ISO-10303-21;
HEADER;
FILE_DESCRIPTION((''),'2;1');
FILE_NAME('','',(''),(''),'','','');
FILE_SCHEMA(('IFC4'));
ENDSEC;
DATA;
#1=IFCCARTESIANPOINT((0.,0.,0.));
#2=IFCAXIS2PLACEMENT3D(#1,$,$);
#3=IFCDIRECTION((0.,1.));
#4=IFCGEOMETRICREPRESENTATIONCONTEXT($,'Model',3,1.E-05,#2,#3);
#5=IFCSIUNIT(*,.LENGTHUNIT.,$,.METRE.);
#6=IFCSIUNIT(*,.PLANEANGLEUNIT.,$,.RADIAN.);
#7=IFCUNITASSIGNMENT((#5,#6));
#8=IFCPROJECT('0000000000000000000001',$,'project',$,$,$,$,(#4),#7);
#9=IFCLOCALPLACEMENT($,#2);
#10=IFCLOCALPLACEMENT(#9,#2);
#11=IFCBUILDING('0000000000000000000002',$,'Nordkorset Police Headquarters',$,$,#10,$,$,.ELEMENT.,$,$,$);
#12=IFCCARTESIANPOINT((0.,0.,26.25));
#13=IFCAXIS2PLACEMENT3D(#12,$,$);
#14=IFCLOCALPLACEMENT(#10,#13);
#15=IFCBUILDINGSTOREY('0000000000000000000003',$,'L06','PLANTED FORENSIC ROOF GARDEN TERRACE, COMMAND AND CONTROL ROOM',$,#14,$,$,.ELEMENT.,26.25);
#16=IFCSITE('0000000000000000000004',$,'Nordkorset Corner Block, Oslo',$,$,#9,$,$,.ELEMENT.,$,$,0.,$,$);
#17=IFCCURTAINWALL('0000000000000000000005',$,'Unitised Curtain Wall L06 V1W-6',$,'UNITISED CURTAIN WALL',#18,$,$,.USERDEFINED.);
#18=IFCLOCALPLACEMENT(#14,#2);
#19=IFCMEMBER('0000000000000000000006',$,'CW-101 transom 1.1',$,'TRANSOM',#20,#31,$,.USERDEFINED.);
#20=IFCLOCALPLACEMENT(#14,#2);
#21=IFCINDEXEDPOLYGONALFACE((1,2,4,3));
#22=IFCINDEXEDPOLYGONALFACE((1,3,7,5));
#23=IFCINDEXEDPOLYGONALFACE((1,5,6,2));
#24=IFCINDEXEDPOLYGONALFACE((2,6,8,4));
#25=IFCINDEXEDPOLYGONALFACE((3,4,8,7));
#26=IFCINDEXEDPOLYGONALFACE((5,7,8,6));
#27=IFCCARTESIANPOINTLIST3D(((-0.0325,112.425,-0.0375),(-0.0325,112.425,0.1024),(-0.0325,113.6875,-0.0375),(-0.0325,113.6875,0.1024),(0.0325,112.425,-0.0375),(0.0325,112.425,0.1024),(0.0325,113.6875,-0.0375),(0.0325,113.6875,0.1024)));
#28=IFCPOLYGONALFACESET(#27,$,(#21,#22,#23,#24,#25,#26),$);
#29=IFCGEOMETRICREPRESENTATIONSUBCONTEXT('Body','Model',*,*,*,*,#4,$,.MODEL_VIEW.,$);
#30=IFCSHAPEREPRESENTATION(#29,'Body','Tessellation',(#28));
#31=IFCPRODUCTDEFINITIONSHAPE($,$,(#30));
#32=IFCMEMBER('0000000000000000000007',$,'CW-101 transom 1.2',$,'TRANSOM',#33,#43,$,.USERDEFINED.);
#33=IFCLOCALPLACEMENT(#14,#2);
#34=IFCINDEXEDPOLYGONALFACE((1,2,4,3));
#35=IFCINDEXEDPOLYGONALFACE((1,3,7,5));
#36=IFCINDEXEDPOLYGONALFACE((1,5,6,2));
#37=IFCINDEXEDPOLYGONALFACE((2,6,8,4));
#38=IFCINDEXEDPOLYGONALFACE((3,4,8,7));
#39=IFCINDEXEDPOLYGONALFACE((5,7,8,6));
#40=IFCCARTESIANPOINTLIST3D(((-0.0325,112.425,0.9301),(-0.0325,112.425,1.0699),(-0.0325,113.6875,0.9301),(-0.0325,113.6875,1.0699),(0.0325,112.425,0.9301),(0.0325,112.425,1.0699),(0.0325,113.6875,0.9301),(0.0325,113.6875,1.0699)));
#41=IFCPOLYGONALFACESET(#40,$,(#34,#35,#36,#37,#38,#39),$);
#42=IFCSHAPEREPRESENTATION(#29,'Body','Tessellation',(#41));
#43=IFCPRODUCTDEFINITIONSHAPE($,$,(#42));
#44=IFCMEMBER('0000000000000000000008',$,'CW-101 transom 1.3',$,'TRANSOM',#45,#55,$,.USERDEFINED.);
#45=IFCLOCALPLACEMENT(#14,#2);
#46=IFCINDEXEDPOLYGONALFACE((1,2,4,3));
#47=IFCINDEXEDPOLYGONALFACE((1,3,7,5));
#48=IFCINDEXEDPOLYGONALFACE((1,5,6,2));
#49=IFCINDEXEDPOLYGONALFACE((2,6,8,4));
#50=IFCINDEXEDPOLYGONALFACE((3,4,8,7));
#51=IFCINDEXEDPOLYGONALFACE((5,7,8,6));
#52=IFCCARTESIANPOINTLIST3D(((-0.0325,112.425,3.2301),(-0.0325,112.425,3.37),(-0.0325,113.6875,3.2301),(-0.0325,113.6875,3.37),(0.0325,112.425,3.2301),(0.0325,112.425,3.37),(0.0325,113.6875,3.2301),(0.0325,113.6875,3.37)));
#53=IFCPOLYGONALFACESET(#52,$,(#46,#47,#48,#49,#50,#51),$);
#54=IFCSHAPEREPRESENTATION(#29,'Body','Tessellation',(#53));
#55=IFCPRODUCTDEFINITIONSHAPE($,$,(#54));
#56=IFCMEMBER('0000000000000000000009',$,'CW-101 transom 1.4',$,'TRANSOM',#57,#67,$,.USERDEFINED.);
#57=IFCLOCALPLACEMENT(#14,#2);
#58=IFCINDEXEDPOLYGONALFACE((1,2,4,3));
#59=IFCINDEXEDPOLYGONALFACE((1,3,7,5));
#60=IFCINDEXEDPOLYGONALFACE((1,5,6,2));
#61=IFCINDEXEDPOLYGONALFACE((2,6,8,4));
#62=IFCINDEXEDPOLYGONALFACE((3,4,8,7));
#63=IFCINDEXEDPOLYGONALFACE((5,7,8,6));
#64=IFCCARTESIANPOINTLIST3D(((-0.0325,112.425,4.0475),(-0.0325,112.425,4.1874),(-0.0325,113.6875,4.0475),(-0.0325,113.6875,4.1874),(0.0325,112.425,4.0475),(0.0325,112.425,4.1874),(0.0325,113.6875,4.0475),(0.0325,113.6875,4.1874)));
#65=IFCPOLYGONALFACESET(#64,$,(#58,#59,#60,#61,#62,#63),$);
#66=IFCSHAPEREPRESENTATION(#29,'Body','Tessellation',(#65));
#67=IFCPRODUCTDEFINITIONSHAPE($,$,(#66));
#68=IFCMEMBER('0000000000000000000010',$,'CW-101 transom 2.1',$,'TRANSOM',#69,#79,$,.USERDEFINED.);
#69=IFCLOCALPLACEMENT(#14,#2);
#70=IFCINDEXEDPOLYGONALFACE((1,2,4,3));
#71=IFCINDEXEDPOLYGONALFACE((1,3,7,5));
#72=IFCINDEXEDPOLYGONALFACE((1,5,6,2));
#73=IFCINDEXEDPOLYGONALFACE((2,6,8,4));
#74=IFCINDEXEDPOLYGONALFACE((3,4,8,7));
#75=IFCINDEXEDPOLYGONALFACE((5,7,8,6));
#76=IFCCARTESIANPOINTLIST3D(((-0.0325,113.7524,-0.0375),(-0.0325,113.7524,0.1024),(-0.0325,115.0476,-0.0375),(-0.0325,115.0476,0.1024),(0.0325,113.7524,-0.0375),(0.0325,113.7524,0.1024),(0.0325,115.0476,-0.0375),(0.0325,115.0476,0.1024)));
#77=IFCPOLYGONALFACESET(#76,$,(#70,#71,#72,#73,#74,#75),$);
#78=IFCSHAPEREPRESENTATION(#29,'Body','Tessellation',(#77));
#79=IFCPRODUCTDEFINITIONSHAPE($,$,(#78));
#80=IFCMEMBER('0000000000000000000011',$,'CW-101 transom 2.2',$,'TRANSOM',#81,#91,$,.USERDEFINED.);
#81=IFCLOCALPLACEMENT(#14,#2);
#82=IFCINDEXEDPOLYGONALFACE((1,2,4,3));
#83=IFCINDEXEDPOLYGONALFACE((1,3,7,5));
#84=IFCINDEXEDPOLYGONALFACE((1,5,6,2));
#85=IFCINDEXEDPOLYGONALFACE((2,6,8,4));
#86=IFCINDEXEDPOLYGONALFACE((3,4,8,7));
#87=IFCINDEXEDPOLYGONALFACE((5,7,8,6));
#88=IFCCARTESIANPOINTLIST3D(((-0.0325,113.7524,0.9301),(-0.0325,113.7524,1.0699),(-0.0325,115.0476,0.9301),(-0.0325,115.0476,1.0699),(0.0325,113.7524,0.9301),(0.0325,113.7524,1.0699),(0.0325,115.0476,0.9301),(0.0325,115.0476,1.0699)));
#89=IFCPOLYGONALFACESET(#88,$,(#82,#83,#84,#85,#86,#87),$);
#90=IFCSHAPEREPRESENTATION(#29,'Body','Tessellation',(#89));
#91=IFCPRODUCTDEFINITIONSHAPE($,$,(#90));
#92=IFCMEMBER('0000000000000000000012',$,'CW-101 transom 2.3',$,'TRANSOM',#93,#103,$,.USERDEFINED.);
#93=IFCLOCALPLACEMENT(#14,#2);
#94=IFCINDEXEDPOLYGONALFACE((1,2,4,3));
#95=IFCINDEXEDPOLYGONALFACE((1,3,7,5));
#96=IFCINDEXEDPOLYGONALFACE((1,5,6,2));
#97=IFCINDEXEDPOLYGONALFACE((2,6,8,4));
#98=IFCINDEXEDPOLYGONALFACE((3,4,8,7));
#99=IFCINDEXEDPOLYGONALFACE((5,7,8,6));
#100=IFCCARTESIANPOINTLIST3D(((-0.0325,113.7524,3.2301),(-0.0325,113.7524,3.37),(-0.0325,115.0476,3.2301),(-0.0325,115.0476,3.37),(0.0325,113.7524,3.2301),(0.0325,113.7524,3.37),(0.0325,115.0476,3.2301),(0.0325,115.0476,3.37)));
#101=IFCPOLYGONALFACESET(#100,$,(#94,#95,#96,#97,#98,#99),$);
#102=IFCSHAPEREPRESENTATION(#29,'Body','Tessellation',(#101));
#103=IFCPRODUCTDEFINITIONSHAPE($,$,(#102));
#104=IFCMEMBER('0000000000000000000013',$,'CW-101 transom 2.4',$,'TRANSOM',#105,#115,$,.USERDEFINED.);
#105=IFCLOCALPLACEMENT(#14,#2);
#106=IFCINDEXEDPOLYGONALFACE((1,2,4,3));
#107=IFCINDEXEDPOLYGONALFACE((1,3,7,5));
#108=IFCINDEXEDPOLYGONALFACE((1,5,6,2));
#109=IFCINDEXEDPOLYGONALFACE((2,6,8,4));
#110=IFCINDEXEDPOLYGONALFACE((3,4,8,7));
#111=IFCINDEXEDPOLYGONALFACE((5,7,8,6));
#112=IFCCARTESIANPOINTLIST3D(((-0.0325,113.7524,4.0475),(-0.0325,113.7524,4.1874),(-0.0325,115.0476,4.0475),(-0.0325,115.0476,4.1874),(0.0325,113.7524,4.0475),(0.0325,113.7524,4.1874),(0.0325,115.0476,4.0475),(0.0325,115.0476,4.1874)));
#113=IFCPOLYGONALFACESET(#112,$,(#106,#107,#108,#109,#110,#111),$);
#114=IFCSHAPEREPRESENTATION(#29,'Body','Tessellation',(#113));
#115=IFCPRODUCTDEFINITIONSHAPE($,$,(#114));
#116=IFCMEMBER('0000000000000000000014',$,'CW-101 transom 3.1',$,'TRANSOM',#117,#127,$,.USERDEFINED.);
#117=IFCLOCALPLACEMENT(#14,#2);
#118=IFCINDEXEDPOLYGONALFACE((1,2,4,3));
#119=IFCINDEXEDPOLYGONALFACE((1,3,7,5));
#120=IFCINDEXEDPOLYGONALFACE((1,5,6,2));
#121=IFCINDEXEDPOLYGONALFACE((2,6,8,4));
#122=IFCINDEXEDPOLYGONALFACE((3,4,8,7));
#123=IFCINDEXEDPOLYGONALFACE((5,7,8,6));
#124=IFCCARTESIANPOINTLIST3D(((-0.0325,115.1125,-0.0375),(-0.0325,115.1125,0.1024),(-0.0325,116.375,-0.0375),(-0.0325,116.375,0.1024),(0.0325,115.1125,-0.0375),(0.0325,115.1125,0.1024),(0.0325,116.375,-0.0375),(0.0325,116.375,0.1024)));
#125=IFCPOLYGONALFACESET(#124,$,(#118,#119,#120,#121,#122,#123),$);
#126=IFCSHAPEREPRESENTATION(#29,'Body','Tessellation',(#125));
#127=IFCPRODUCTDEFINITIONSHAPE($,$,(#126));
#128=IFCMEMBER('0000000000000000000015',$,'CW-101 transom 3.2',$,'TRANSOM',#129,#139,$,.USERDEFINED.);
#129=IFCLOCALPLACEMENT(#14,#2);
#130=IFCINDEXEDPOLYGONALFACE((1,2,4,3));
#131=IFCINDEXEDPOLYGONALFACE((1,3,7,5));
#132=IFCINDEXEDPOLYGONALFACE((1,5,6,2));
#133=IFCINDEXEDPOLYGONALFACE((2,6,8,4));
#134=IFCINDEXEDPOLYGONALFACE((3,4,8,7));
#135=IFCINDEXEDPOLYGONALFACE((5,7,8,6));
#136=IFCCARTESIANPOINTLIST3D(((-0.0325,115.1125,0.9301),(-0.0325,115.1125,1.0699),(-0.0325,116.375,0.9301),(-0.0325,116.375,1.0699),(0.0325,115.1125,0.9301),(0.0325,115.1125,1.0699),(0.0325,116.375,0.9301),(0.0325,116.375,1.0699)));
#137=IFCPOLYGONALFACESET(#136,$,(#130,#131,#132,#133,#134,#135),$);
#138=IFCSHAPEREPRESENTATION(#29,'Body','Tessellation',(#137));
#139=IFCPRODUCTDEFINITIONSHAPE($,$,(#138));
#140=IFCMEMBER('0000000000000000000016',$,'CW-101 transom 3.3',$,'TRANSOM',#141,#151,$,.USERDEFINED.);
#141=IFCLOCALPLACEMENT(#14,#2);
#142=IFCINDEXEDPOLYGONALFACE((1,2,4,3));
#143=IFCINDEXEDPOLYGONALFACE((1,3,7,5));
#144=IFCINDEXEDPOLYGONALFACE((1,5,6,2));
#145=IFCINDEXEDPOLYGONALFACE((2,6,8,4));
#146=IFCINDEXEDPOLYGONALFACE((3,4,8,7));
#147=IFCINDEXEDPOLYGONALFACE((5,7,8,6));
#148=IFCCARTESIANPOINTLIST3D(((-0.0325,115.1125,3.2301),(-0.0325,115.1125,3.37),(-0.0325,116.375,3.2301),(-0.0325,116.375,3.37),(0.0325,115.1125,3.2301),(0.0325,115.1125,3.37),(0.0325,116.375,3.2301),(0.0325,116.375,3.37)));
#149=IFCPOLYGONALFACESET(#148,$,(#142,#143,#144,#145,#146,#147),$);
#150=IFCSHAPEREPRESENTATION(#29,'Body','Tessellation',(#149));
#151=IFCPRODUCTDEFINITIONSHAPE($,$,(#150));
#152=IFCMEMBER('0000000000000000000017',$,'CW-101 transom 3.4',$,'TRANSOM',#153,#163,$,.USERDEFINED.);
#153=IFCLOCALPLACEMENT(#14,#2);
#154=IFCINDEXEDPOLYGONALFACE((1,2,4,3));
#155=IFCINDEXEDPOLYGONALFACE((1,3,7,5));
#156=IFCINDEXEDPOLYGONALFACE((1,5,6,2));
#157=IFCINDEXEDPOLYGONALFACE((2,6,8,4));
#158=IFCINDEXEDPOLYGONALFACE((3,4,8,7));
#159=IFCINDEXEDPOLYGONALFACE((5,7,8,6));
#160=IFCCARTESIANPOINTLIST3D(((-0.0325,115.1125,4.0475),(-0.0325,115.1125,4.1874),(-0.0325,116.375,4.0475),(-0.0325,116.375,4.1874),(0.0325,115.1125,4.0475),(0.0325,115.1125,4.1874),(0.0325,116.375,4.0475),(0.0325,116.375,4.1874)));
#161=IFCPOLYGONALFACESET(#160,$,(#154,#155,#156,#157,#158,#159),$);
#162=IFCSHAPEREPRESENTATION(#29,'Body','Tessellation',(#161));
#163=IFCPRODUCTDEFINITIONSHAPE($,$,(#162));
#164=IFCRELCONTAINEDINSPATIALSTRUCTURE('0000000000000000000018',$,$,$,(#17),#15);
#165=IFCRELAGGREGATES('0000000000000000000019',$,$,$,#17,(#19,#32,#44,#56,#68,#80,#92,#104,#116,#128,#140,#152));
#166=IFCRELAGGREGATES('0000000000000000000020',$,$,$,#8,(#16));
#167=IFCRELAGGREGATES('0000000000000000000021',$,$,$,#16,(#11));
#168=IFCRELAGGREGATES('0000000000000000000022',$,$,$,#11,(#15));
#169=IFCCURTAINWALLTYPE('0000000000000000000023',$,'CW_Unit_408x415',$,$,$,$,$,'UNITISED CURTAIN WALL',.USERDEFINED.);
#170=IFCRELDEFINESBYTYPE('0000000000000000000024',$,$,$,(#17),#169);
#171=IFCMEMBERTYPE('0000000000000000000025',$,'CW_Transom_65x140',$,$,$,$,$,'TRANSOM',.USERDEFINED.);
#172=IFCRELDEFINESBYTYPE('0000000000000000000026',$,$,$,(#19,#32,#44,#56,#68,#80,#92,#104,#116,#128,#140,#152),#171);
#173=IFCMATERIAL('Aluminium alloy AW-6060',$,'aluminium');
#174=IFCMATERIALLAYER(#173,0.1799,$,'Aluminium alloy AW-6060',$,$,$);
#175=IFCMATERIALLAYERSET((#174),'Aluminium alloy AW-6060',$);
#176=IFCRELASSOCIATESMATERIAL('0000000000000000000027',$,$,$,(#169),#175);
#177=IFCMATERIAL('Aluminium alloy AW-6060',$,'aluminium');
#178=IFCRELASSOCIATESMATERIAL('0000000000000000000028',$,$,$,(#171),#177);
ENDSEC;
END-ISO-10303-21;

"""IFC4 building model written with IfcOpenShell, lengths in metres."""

from ifc_helpers import new_model, si_unit, direction, frame, origin, origin_2d, place, context, subcontext, project, spatial, rectangle, extrude, material, layer, layer_set, material_profile, profile_set, type_object, element, aggregate, save


model = new_model("IFC4")

# Units and contexts
model_context = context("Model", 3, precision=1e-05, world=origin(), true_north=direction((0.0, 1.0)))
body_context = subcontext(model_context, "Body", "Model", "MODEL_VIEW")
ifc_project = project(units=[si_unit("LENGTHUNIT", "METRE"), si_unit("PLANEANGLEUNIT", "RADIAN")], contexts=[model_context])

# Site, building, storey
site_placement = place(None, origin())
site = spatial("IfcSite", under=ifc_project, at=site_placement, Name="Nordkorset Corner Block, Oslo", CompositionType="ELEMENT", RefElevation=0.0)
building_placement = place(site_placement, origin())
building = spatial("IfcBuilding", under=site, at=building_placement, Name="Nordkorset Police Headquarters", CompositionType="ELEMENT")
storey_placement = place(building_placement, frame((0.0, 0.0, 26.25)))
storey = spatial("IfcBuildingStorey", under=building, at=storey_placement, Name="L06", Description="PLANTED FORENSIC ROOF GARDEN TERRACE, COMMAND AND CONTROL ROOM", CompositionType="ELEMENT", Elevation=26.25)

# Shared definitions
ifc_material_1 = material(Name="Aluminium alloy AW-6060", Category="aluminium")
ifc_layer_1 = layer(ifc_material_1, 0.1799, Name="Aluminium alloy AW-6060")
ifc_layer_set_1 = layer_set([ifc_layer_1], Name="Aluminium alloy AW-6060")
curtain_wall_type = type_object("IfcCurtainWallType", Name="CW_Unit_408x415", ElementType="UNITISED CURTAIN WALL", PredefinedType="USERDEFINED", material=ifc_layer_set_1)

# Curtain wall
curtain_wall_1_placement = place(storey_placement, origin())
curtain_wall_1 = element("IfcCurtainWall", 1, at=curtain_wall_1_placement, inside=storey, type_object=curtain_wall_type, Name="Unitised Curtain Wall L06 V1W-6", ObjectType="UNITISED CURTAIN WALL", PredefinedType="USERDEFINED")

# Members
ifc_material_2 = material(Name="Aluminium alloy AW-6060", Category="aluminium")
ifc_material_profile_1 = material_profile(ifc_material_2, rectangle(XDim=0.0649, YDim=0.1399, at=origin_2d()), Name="ALU TRAN 65x140")
ifc_profile_set_1 = profile_set([ifc_material_profile_1], Name="Aluminium alloy AW-6060")
member_type_1 = type_object("IfcMemberType", Name="CW_Transom_65x140", ElementType="TRANSOM", PredefinedType="USERDEFINED", material=ifc_profile_set_1)
member_1_placement = place(storey_placement, frame((0.0, 112.425, 0.0325), z_axis=(0.0, 1.0, 0.0), x_axis=(-1.0, 0.0, 0.0)))
member_1 = element("IfcMember", 2, at=member_1_placement, type_object=member_type_1, Name="CW-101 transom 1.1", ObjectType="TRANSOM", PredefinedType="USERDEFINED", context=body_context, shape_type="SweptSolid", body=[
    extrude(rectangle(XDim=0.0649, YDim=0.1399, at=origin_2d()), origin(), (0.0, 0.0, 1.0), 1.2625),
])
member_2_placement = place(storey_placement, frame((0.0, 112.425, 1.0), z_axis=(0.0, 1.0, 0.0), x_axis=(-1.0, 0.0, 0.0)))
member_2 = element("IfcMember", 3, at=member_2_placement, type_object=member_type_1, Name="CW-101 transom 1.2", ObjectType="TRANSOM", PredefinedType="USERDEFINED", context=body_context, shape_type="SweptSolid", body=[
    extrude(rectangle(XDim=0.0649, YDim=0.1399, at=origin_2d()), origin(), (0.0, 0.0, 1.0), 1.2625),
])
member_3_placement = place(storey_placement, frame((0.0, 112.425, 3.3), z_axis=(0.0, 1.0, 0.0), x_axis=(-1.0, 0.0, 0.0)))
member_3 = element("IfcMember", 4, at=member_3_placement, type_object=member_type_1, Name="CW-101 transom 1.3", ObjectType="TRANSOM", PredefinedType="USERDEFINED", context=body_context, shape_type="SweptSolid", body=[
    extrude(rectangle(XDim=0.0649, YDim=0.1399, at=origin_2d()), origin(), (0.0, 0.0, 1.0), 1.2625),
])
member_4_placement = place(storey_placement, frame((0.0, 112.425, 4.1174), z_axis=(0.0, 1.0, 0.0), x_axis=(-1.0, 0.0, 0.0)))
member_4 = element("IfcMember", 5, at=member_4_placement, type_object=member_type_1, Name="CW-101 transom 1.4", ObjectType="TRANSOM", PredefinedType="USERDEFINED", context=body_context, shape_type="SweptSolid", body=[
    extrude(rectangle(XDim=0.0649, YDim=0.1399, at=origin_2d()), origin(), (0.0, 0.0, 1.0), 1.2625),
])
member_5_placement = place(storey_placement, frame((0.0, 113.7524, 0.0325), z_axis=(0.0, 1.0, 0.0), x_axis=(-1.0, 0.0, 0.0)))
member_5 = element("IfcMember", 6, at=member_5_placement, type_object=member_type_1, Name="CW-101 transom 2.1", ObjectType="TRANSOM", PredefinedType="USERDEFINED", context=body_context, shape_type="SweptSolid", body=[
    extrude(rectangle(XDim=0.0649, YDim=0.1399, at=origin_2d()), origin(), (0.0, 0.0, 1.0), 1.2952),
])
member_6_placement = place(storey_placement, frame((0.0, 113.7524, 1.0), z_axis=(0.0, 1.0, 0.0), x_axis=(-1.0, 0.0, 0.0)))
member_6 = element("IfcMember", 7, at=member_6_placement, type_object=member_type_1, Name="CW-101 transom 2.2", ObjectType="TRANSOM", PredefinedType="USERDEFINED", context=body_context, shape_type="SweptSolid", body=[
    extrude(rectangle(XDim=0.0649, YDim=0.1399, at=origin_2d()), origin(), (0.0, 0.0, 1.0), 1.2952),
])
member_7_placement = place(storey_placement, frame((0.0, 113.7524, 3.3), z_axis=(0.0, 1.0, 0.0), x_axis=(-1.0, 0.0, 0.0)))
member_7 = element("IfcMember", 8, at=member_7_placement, type_object=member_type_1, Name="CW-101 transom 2.3", ObjectType="TRANSOM", PredefinedType="USERDEFINED", context=body_context, shape_type="SweptSolid", body=[
    extrude(rectangle(XDim=0.0649, YDim=0.1399, at=origin_2d()), origin(), (0.0, 0.0, 1.0), 1.2952),
])
member_8_placement = place(storey_placement, frame((0.0, 113.7524, 4.1174), z_axis=(0.0, 1.0, 0.0), x_axis=(-1.0, 0.0, 0.0)))
member_8 = element("IfcMember", 9, at=member_8_placement, type_object=member_type_1, Name="CW-101 transom 2.4", ObjectType="TRANSOM", PredefinedType="USERDEFINED", context=body_context, shape_type="SweptSolid", body=[
    extrude(rectangle(XDim=0.0649, YDim=0.1399, at=origin_2d()), origin(), (0.0, 0.0, 1.0), 1.2952),
])
member_9_placement = place(storey_placement, frame((0.0, 115.1125, 0.0325), z_axis=(0.0, 1.0, 0.0), x_axis=(-1.0, 0.0, 0.0)))
member_9 = element("IfcMember", 10, at=member_9_placement, type_object=member_type_1, Name="CW-101 transom 3.1", ObjectType="TRANSOM", PredefinedType="USERDEFINED", context=body_context, shape_type="SweptSolid", body=[
    extrude(rectangle(XDim=0.0649, YDim=0.1399, at=origin_2d()), origin(), (0.0, 0.0, 1.0), 1.2625),
])
member_10_placement = place(storey_placement, frame((0.0, 115.1125, 1.0), z_axis=(0.0, 1.0, 0.0), x_axis=(-1.0, 0.0, 0.0)))
member_10 = element("IfcMember", 11, at=member_10_placement, type_object=member_type_1, Name="CW-101 transom 3.2", ObjectType="TRANSOM", PredefinedType="USERDEFINED", context=body_context, shape_type="SweptSolid", body=[
    extrude(rectangle(XDim=0.0649, YDim=0.1399, at=origin_2d()), origin(), (0.0, 0.0, 1.0), 1.2625),
])
member_11_placement = place(storey_placement, frame((0.0, 115.1125, 3.3), z_axis=(0.0, 1.0, 0.0), x_axis=(-1.0, 0.0, 0.0)))
member_11 = element("IfcMember", 12, at=member_11_placement, type_object=member_type_1, Name="CW-101 transom 3.3", ObjectType="TRANSOM", PredefinedType="USERDEFINED", context=body_context, shape_type="SweptSolid", body=[
    extrude(rectangle(XDim=0.0649, YDim=0.1399, at=origin_2d()), origin(), (0.0, 0.0, 1.0), 1.2625),
])
member_12_placement = place(storey_placement, frame((0.0, 115.1125, 4.1174), z_axis=(0.0, 1.0, 0.0), x_axis=(-1.0, 0.0, 0.0)))
member_12 = element("IfcMember", 13, at=member_12_placement, type_object=member_type_1, Name="CW-101 transom 3.4", ObjectType="TRANSOM", PredefinedType="USERDEFINED", context=body_context, shape_type="SweptSolid", body=[
    extrude(rectangle(XDim=0.0649, YDim=0.1399, at=origin_2d()), origin(), (0.0, 0.0, 1.0), 1.2625),
])

aggregate(curtain_wall_1, [member_1, member_2, member_3, member_4, member_5, member_6, member_7, member_8, member_9, member_10, member_11, member_12])

save(model, "model.ifc")
